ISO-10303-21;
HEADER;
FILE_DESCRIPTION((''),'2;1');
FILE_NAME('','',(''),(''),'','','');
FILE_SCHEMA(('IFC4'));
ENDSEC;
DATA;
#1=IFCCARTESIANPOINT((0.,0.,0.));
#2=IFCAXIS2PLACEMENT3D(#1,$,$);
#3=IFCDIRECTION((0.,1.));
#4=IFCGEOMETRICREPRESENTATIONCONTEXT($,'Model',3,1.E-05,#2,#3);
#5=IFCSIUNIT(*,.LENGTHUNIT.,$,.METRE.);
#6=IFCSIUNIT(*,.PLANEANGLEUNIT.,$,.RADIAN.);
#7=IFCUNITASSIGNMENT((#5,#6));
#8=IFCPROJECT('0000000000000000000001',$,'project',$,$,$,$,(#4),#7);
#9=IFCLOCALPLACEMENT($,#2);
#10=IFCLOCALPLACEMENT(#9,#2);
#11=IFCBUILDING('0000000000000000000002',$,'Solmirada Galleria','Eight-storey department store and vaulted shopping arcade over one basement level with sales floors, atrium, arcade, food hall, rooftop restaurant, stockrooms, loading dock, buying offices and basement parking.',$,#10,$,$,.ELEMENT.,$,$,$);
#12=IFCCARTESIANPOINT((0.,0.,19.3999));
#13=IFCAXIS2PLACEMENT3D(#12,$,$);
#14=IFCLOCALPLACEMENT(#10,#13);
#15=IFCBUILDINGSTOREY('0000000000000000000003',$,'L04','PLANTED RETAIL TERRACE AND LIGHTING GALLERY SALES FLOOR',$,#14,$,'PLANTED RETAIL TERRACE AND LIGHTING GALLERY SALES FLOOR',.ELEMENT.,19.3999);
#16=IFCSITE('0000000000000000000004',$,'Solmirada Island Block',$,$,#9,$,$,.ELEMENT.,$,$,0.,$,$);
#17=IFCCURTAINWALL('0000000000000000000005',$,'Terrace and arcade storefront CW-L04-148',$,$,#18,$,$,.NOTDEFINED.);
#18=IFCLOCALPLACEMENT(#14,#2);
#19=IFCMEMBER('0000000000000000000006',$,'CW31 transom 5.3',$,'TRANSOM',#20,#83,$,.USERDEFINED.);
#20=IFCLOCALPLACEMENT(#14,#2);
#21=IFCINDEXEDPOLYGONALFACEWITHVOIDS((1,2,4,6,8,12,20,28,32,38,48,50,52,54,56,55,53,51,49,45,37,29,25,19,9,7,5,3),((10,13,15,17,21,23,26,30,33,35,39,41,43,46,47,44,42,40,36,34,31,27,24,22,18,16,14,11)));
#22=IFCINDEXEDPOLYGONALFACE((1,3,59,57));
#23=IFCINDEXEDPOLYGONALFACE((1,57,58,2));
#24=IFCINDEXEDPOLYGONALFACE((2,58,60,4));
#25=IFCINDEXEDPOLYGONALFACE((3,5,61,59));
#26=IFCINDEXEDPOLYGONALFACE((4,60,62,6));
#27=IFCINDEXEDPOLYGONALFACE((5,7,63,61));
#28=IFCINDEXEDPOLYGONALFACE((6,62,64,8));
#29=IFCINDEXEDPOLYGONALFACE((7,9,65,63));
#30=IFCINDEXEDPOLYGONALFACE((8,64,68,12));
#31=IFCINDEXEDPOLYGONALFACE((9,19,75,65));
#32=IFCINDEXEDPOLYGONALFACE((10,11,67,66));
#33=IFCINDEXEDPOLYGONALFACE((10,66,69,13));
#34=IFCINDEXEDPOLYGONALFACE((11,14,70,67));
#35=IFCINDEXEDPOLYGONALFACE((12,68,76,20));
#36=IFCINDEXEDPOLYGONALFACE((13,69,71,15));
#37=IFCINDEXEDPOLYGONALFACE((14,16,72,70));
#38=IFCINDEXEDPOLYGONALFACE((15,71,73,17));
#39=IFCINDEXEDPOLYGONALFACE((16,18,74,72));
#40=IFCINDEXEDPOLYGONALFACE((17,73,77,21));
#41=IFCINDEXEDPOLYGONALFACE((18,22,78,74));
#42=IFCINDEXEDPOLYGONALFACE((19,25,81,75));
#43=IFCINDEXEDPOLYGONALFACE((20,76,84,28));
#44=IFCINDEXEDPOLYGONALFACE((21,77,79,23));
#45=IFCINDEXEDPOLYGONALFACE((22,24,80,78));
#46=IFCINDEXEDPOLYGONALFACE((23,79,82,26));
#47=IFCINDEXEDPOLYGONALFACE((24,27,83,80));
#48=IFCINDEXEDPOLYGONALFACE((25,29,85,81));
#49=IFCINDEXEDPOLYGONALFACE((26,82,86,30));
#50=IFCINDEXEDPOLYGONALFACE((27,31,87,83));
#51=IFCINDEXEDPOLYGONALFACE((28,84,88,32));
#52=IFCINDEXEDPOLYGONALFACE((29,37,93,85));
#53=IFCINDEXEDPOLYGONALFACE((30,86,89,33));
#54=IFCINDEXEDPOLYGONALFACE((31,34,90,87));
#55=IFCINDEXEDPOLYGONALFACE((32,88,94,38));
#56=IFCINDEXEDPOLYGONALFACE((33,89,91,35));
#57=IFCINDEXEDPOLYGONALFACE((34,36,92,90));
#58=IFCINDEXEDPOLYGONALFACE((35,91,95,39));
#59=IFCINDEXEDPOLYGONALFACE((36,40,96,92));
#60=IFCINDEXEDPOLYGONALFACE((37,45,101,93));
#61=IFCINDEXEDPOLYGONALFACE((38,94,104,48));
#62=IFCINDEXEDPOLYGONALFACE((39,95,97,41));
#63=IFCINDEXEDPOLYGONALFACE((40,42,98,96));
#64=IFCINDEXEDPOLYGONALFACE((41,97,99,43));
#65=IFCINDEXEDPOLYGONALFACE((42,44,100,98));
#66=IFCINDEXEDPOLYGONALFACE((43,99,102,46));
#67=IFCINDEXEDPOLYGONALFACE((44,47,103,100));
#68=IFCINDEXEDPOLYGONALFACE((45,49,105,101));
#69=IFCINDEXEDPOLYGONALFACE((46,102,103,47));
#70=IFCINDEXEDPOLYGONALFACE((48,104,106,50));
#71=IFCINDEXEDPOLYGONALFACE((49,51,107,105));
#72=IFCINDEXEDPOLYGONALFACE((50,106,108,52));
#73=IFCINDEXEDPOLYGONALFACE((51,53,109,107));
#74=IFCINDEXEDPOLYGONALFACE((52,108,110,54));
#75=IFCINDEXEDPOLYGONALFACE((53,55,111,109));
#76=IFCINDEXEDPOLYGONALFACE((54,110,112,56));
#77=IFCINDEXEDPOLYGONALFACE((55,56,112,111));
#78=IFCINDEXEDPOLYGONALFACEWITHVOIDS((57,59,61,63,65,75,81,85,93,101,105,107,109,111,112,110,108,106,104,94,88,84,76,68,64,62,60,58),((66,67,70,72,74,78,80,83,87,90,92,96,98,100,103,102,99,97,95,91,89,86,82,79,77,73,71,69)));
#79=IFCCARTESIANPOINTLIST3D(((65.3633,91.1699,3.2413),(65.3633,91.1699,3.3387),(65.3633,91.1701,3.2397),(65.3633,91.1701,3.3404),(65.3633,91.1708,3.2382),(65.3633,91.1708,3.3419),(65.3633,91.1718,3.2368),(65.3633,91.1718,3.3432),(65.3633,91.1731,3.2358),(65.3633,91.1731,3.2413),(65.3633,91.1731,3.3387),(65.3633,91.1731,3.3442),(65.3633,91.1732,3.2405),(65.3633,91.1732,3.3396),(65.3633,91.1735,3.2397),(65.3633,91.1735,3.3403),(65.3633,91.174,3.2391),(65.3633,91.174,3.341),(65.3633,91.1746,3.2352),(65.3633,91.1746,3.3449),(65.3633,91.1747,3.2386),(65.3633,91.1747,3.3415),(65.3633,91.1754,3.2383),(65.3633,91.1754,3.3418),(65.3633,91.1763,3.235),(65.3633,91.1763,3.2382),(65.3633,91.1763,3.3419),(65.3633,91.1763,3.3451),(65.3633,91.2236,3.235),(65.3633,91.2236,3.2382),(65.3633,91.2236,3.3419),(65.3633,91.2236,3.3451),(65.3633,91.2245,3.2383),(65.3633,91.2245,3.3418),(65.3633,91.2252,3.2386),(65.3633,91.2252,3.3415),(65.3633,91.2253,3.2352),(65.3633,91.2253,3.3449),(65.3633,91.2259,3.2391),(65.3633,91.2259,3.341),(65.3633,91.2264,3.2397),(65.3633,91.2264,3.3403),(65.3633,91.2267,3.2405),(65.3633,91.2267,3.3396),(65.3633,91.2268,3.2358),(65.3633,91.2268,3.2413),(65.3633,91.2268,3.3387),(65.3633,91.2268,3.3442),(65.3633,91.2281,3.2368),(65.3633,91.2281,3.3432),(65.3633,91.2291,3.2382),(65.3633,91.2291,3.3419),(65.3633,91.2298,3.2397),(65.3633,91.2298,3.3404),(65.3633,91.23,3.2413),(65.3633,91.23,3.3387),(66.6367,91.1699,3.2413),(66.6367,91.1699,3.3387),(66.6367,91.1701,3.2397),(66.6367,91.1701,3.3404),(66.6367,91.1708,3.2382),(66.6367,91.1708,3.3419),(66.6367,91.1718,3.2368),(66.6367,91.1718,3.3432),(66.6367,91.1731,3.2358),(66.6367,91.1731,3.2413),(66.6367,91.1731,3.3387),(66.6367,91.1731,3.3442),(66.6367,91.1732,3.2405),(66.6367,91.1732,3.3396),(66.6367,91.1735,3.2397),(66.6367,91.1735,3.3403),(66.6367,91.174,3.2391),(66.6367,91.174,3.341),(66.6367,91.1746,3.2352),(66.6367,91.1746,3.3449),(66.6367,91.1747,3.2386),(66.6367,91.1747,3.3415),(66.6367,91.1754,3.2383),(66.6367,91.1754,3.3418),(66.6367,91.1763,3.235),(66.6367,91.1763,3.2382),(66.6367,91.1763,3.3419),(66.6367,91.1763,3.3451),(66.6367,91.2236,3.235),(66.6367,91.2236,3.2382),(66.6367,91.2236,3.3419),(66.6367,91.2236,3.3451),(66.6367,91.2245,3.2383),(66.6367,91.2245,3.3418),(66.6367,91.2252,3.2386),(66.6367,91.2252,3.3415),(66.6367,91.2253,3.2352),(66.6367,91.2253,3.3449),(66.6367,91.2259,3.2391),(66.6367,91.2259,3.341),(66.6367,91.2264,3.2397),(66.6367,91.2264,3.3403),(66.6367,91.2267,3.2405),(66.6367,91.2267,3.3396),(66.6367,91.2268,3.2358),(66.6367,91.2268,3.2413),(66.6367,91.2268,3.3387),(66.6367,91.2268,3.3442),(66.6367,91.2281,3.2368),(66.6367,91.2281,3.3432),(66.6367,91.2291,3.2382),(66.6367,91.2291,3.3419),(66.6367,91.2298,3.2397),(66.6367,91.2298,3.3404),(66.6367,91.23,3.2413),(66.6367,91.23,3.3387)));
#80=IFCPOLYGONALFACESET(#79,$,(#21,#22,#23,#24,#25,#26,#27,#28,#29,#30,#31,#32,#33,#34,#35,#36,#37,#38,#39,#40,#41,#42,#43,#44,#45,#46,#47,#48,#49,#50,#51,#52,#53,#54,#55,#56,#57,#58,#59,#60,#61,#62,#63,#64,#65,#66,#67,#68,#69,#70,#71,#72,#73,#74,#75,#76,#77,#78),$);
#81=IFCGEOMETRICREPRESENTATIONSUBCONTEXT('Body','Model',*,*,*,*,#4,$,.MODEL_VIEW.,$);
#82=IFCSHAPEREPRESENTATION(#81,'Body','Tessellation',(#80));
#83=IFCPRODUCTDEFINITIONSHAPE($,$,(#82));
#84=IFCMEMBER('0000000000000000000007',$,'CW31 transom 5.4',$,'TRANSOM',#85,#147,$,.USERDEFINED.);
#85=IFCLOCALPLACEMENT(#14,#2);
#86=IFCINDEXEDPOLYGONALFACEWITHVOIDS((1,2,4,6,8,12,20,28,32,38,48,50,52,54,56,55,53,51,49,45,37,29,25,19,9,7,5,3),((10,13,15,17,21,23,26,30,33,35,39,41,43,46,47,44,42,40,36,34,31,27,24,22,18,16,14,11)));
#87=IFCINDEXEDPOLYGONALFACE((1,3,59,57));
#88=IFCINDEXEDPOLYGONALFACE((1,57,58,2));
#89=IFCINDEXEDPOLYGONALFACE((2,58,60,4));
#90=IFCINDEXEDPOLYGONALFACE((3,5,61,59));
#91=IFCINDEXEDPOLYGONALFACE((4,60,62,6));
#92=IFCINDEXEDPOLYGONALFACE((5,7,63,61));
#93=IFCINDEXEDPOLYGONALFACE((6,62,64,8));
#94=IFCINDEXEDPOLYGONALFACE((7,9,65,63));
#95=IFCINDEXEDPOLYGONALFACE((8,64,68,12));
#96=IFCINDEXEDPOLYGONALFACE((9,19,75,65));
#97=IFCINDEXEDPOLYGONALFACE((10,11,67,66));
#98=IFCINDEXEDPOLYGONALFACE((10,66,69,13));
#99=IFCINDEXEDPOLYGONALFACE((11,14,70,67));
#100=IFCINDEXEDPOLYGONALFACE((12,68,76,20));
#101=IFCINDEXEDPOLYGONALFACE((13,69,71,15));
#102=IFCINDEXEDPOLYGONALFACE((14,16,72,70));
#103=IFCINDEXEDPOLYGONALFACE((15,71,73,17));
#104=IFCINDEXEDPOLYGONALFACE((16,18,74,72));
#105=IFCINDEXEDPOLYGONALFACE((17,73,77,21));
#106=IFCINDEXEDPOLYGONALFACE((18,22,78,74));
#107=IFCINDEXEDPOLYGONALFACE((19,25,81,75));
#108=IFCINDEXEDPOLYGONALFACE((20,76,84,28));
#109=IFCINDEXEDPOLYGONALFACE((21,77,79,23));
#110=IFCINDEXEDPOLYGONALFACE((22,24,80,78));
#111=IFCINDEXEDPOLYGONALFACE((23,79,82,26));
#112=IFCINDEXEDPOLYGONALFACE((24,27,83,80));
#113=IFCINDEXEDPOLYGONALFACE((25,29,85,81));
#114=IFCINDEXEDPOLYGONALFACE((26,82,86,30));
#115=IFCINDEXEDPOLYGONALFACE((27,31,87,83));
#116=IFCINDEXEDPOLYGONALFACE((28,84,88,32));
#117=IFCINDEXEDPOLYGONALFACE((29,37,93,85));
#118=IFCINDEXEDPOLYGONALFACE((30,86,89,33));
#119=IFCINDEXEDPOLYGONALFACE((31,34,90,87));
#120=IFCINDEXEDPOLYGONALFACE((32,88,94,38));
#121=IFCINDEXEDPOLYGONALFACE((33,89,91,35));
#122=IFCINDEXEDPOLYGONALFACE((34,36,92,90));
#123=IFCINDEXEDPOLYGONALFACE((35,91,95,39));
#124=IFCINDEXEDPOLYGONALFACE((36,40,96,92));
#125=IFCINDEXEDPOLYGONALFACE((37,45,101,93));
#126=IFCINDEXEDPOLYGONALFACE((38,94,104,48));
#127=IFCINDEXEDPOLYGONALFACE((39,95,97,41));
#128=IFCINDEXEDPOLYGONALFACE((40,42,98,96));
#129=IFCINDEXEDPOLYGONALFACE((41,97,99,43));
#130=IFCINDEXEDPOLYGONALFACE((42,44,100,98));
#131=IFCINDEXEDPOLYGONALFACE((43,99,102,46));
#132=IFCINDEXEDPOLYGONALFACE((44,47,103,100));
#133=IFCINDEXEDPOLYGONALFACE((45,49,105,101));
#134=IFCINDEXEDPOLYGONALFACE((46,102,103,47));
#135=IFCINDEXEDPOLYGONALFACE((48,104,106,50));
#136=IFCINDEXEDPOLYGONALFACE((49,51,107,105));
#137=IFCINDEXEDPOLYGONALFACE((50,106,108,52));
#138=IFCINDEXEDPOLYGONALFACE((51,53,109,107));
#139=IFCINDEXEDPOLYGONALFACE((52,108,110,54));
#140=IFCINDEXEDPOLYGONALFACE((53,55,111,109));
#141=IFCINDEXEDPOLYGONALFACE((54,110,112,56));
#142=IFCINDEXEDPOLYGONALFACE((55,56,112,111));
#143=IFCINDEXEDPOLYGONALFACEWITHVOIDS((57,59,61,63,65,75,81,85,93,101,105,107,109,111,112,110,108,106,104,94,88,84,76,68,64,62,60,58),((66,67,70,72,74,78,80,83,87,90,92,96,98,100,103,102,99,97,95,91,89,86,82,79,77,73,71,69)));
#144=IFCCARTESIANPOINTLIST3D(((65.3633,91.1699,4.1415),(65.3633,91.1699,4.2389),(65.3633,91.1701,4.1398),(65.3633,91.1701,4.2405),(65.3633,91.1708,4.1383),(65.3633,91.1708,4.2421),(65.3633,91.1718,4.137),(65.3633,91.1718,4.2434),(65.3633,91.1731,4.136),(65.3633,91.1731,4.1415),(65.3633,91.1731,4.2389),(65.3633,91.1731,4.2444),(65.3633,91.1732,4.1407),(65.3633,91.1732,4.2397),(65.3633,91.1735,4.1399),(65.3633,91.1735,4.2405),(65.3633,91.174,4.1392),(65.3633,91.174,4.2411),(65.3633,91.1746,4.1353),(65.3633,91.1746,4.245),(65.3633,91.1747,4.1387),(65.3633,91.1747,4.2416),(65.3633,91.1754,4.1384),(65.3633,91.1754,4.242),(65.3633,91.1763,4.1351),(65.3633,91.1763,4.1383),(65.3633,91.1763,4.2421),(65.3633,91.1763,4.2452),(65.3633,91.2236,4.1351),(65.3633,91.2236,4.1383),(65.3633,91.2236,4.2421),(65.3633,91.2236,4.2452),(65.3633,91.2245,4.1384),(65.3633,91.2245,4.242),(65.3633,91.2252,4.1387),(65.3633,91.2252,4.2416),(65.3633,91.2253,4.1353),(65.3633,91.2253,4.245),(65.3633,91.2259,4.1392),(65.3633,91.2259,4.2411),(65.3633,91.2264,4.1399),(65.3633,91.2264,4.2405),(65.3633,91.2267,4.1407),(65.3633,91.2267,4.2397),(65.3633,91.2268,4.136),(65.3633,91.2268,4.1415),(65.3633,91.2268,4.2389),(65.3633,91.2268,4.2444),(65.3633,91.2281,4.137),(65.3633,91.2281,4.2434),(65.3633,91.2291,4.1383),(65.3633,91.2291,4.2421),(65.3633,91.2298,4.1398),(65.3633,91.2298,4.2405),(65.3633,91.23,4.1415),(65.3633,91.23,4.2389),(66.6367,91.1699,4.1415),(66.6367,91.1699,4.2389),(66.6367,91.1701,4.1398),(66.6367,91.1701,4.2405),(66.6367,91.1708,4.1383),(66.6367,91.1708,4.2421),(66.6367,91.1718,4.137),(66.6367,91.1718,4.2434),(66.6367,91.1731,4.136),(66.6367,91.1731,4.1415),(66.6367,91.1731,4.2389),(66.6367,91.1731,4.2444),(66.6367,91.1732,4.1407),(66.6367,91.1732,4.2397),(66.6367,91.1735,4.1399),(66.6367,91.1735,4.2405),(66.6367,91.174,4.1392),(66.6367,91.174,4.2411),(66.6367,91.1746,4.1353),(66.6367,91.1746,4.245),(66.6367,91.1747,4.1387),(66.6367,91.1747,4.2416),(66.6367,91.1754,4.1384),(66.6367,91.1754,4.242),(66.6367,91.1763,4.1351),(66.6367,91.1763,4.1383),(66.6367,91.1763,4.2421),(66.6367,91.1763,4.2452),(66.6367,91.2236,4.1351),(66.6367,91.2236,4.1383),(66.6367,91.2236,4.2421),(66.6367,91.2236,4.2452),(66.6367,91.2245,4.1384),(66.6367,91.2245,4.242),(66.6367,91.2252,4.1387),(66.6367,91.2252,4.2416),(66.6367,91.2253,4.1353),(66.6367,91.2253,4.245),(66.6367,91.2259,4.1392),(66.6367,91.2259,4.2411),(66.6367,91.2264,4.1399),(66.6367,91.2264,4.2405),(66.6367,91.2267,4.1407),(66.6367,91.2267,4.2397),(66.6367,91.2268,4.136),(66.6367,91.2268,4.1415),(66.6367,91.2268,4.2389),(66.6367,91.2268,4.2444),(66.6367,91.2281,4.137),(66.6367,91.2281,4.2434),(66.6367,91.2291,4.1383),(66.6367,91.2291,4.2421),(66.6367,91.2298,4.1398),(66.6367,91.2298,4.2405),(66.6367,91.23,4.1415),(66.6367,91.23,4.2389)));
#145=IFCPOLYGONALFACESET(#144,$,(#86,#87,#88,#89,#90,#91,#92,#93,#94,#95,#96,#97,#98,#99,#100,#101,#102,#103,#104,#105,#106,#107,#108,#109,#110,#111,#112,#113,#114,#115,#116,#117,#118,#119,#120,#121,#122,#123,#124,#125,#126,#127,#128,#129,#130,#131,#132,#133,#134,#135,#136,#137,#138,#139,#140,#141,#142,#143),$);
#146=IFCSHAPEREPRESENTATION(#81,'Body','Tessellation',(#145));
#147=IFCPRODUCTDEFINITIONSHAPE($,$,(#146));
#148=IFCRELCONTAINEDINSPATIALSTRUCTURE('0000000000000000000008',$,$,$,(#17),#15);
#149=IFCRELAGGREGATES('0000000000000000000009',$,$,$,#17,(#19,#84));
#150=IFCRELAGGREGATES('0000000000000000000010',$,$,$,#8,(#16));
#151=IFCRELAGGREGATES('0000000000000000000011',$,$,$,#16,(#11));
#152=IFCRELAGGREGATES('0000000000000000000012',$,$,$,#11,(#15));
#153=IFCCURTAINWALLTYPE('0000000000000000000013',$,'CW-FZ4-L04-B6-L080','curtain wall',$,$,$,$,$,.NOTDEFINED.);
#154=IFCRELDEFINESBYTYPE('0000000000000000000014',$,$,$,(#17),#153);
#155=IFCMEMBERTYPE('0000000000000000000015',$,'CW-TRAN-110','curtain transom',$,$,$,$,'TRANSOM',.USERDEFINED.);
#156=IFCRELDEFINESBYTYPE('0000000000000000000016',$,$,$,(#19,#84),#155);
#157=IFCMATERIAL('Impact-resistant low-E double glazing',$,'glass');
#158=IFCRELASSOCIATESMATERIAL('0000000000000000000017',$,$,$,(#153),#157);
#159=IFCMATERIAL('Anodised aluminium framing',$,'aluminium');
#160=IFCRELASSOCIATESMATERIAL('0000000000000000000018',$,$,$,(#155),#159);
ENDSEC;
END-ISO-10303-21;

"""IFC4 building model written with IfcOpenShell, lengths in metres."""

from ifc_helpers import new_model, si_unit, direction, frame, origin, origin_2d, place, context, subcontext, project, spatial, hollow_rectangle, extrude, material, material_profile, profile_set, type_object, element, aggregate, save


model = new_model("IFC4")

# Units and contexts
model_context = context("Model", 3, precision=1e-05, world=origin(), true_north=direction((0.0, 1.0)))
body_context = subcontext(model_context, "Body", "Model", "MODEL_VIEW")
ifc_project = project(units=[si_unit("LENGTHUNIT", "METRE"), si_unit("PLANEANGLEUNIT", "RADIAN")], contexts=[model_context])

# Site, building, storey
site_placement = place(None, origin())
site = spatial("IfcSite", under=ifc_project, at=site_placement, Name="Solmirada Island Block", CompositionType="ELEMENT", RefElevation=0.0)
building_placement = place(site_placement, origin())
building = spatial("IfcBuilding", under=site, at=building_placement, Name="Solmirada Galleria", Description="Eight-storey department store and vaulted shopping arcade over one basement level with sales floors, atrium, arcade, food hall, rooftop restaurant, stockrooms, loading dock, buying offices and basement parking.", CompositionType="ELEMENT")
storey_placement = place(building_placement, frame((0.0, 0.0, 19.3999)))
storey = spatial("IfcBuildingStorey", under=building, at=storey_placement, Name="L04", Description="PLANTED RETAIL TERRACE AND LIGHTING GALLERY SALES FLOOR", LongName="PLANTED RETAIL TERRACE AND LIGHTING GALLERY SALES FLOOR", CompositionType="ELEMENT", Elevation=19.3999)

# Curtain wall
ifc_material_1 = material(Name="Impact-resistant low-E double glazing", Category="glass")
curtain_wall_type = type_object("IfcCurtainWallType", Name="CW-FZ4-L04-B6-L080", Description="curtain wall", PredefinedType="NOTDEFINED", material=ifc_material_1)
curtain_wall_1_placement = place(storey_placement, origin())
curtain_wall_1 = element("IfcCurtainWall", 1, at=curtain_wall_1_placement, inside=storey, type_object=curtain_wall_type, Name="Terrace and arcade storefront CW-L04-148", PredefinedType="NOTDEFINED")
ifc_material_2 = material(Name="Anodised aluminium framing", Category="aluminium")

# Members
ifc_material_profile_1 = material_profile(ifc_material_2, hollow_rectangle(XDim=0.0601, YDim=0.1101, WallThickness=0.0032, InnerFilletRadius=0.0032, OuterFilletRadius=0.0063, at=origin_2d()), Name="ALU-TRAN-110X60")
ifc_profile_set_1 = profile_set([ifc_material_profile_1], Name="Anodised aluminium framing")
member_type_1 = type_object("IfcMemberType", Name="CW-TRAN-110", Description="curtain transom", ElementType="TRANSOM", PredefinedType="USERDEFINED", material=ifc_profile_set_1)
member_1_placement = place(storey_placement, frame((66.6367, 91.2, 3.29), z_axis=(-1.0, 0.0, 0.0), x_axis=(0.0, -1.0, 0.0)))
member_1 = element("IfcMember", 2, at=member_1_placement, type_object=member_type_1, Name="CW31 transom 5.3", ObjectType="TRANSOM", PredefinedType="USERDEFINED", context=body_context, shape_type="SweptSolid", body=[
    extrude(hollow_rectangle(XDim=0.0601, YDim=0.1101, WallThickness=0.0032, InnerFilletRadius=0.0032, OuterFilletRadius=0.0063, at=origin_2d()), origin(), (0.0, 0.0, 1.0), 1.2734),
])
member_2_placement = place(storey_placement, frame((66.6367, 91.2, 4.1902), z_axis=(-1.0, 0.0, 0.0), x_axis=(0.0, -1.0, 0.0)))
member_2 = element("IfcMember", 3, at=member_2_placement, type_object=member_type_1, Name="CW31 transom 5.4", ObjectType="TRANSOM", PredefinedType="USERDEFINED", context=body_context, shape_type="SweptSolid", body=[
    extrude(hollow_rectangle(XDim=0.0601, YDim=0.1101, WallThickness=0.0032, InnerFilletRadius=0.0032, OuterFilletRadius=0.0063, at=origin_2d()), origin(), (0.0, 0.0, 1.0), 1.2734),
])

aggregate(curtain_wall_1, [member_1, member_2])

save(model, "model.ifc")
